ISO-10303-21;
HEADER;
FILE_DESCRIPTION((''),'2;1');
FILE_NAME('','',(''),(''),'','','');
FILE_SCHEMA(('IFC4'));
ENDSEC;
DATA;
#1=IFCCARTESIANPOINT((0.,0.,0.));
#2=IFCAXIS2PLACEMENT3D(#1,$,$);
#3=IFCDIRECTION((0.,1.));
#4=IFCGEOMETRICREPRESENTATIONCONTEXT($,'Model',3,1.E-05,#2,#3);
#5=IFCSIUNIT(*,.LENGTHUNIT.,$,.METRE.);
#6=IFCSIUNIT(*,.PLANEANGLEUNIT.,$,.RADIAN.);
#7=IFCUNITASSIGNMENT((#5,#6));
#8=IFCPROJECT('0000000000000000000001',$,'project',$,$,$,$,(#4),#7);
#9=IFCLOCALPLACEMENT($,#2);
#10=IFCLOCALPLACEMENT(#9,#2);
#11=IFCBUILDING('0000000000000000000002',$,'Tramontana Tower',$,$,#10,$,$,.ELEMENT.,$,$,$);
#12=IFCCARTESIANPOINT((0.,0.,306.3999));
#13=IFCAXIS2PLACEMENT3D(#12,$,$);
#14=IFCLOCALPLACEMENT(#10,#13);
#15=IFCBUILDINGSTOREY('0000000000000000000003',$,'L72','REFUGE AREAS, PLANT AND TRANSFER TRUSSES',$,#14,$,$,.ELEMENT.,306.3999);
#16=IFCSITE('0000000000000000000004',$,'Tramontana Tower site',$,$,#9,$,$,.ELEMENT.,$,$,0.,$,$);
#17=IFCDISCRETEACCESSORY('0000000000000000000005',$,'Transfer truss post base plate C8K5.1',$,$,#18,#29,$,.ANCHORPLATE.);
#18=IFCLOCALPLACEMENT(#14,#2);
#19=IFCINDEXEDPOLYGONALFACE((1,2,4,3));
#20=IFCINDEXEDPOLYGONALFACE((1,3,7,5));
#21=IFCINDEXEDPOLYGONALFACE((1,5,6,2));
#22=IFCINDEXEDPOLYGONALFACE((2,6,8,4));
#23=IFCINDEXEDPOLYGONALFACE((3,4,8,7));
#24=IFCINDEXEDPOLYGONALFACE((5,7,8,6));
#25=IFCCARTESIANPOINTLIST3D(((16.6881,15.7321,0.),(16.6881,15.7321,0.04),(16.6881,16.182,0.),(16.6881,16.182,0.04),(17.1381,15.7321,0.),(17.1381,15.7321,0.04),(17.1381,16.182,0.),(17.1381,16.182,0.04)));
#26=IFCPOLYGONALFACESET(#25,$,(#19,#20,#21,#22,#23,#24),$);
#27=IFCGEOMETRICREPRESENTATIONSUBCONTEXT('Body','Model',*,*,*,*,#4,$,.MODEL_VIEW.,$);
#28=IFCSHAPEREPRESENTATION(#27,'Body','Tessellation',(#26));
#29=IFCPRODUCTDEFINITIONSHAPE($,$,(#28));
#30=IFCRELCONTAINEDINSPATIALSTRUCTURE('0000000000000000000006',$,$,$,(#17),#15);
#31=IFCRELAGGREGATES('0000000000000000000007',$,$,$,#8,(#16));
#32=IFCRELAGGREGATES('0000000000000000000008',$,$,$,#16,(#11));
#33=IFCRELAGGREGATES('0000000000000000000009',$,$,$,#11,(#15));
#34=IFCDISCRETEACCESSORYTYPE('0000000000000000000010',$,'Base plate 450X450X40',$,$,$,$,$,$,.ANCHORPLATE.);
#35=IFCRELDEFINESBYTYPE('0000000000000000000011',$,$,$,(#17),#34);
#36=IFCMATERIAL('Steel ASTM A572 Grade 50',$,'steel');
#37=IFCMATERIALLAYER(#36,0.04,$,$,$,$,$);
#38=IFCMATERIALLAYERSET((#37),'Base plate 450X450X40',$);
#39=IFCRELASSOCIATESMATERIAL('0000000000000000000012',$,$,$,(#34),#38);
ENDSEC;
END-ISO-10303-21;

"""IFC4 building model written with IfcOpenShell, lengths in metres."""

from ifc_helpers import new_model, si_unit, direction, frame, origin, origin_2d, place, context, subcontext, project, spatial, rectangle, extrude, material, layer, layer_set, type_object, element, save


model = new_model("IFC4")

# Units and contexts
model_context = context("Model", 3, precision=1e-05, world=origin(), true_north=direction((0.0, 1.0)))
body_context = subcontext(model_context, "Body", "Model", "MODEL_VIEW")
ifc_project = project(units=[si_unit("LENGTHUNIT", "METRE"), si_unit("PLANEANGLEUNIT", "RADIAN")], contexts=[model_context])

# Site, building, storey
site_placement = place(None, origin())
site = spatial("IfcSite", under=ifc_project, at=site_placement, Name="Tramontana Tower site", CompositionType="ELEMENT", RefElevation=0.0)
building_placement = place(site_placement, origin())
building = spatial("IfcBuilding", under=site, at=building_placement, Name="Tramontana Tower", CompositionType="ELEMENT")
storey_placement = place(building_placement, frame((0.0, 0.0, 306.3999)))
storey = spatial("IfcBuildingStorey", under=building, at=storey_placement, Name="L72", Description="REFUGE AREAS, PLANT AND TRANSFER TRUSSES", CompositionType="ELEMENT", Elevation=306.3999)

# Discrete accessory
ifc_material_1 = material(Name="Steel ASTM A572 Grade 50", Category="steel")
ifc_layer_1 = layer(ifc_material_1, 0.04)
ifc_layer_set_1 = layer_set([ifc_layer_1], Name="Base plate 450X450X40")
discrete_accessory_type = type_object("IfcDiscreteAccessoryType", Name="Base plate 450X450X40", PredefinedType="ANCHORPLATE", material=ifc_layer_set_1)
discrete_accessory_placement = place(storey_placement, frame((16.9131, 15.957, 0.0), z_axis=(0.0, 0.0, 1.0), x_axis=(1.0, 0.0, 0.0)))
element("IfcDiscreteAccessory", 1, at=discrete_accessory_placement, inside=storey, type_object=discrete_accessory_type, Name="Transfer truss post base plate C8K5.1", PredefinedType="ANCHORPLATE", context=body_context, shape_type="SweptSolid", body=[
    extrude(rectangle(XDim=0.45, YDim=0.45, at=origin_2d()), origin(), (0.0, 0.0, 1.0), 0.04),
])

save(model, "model.ifc")
